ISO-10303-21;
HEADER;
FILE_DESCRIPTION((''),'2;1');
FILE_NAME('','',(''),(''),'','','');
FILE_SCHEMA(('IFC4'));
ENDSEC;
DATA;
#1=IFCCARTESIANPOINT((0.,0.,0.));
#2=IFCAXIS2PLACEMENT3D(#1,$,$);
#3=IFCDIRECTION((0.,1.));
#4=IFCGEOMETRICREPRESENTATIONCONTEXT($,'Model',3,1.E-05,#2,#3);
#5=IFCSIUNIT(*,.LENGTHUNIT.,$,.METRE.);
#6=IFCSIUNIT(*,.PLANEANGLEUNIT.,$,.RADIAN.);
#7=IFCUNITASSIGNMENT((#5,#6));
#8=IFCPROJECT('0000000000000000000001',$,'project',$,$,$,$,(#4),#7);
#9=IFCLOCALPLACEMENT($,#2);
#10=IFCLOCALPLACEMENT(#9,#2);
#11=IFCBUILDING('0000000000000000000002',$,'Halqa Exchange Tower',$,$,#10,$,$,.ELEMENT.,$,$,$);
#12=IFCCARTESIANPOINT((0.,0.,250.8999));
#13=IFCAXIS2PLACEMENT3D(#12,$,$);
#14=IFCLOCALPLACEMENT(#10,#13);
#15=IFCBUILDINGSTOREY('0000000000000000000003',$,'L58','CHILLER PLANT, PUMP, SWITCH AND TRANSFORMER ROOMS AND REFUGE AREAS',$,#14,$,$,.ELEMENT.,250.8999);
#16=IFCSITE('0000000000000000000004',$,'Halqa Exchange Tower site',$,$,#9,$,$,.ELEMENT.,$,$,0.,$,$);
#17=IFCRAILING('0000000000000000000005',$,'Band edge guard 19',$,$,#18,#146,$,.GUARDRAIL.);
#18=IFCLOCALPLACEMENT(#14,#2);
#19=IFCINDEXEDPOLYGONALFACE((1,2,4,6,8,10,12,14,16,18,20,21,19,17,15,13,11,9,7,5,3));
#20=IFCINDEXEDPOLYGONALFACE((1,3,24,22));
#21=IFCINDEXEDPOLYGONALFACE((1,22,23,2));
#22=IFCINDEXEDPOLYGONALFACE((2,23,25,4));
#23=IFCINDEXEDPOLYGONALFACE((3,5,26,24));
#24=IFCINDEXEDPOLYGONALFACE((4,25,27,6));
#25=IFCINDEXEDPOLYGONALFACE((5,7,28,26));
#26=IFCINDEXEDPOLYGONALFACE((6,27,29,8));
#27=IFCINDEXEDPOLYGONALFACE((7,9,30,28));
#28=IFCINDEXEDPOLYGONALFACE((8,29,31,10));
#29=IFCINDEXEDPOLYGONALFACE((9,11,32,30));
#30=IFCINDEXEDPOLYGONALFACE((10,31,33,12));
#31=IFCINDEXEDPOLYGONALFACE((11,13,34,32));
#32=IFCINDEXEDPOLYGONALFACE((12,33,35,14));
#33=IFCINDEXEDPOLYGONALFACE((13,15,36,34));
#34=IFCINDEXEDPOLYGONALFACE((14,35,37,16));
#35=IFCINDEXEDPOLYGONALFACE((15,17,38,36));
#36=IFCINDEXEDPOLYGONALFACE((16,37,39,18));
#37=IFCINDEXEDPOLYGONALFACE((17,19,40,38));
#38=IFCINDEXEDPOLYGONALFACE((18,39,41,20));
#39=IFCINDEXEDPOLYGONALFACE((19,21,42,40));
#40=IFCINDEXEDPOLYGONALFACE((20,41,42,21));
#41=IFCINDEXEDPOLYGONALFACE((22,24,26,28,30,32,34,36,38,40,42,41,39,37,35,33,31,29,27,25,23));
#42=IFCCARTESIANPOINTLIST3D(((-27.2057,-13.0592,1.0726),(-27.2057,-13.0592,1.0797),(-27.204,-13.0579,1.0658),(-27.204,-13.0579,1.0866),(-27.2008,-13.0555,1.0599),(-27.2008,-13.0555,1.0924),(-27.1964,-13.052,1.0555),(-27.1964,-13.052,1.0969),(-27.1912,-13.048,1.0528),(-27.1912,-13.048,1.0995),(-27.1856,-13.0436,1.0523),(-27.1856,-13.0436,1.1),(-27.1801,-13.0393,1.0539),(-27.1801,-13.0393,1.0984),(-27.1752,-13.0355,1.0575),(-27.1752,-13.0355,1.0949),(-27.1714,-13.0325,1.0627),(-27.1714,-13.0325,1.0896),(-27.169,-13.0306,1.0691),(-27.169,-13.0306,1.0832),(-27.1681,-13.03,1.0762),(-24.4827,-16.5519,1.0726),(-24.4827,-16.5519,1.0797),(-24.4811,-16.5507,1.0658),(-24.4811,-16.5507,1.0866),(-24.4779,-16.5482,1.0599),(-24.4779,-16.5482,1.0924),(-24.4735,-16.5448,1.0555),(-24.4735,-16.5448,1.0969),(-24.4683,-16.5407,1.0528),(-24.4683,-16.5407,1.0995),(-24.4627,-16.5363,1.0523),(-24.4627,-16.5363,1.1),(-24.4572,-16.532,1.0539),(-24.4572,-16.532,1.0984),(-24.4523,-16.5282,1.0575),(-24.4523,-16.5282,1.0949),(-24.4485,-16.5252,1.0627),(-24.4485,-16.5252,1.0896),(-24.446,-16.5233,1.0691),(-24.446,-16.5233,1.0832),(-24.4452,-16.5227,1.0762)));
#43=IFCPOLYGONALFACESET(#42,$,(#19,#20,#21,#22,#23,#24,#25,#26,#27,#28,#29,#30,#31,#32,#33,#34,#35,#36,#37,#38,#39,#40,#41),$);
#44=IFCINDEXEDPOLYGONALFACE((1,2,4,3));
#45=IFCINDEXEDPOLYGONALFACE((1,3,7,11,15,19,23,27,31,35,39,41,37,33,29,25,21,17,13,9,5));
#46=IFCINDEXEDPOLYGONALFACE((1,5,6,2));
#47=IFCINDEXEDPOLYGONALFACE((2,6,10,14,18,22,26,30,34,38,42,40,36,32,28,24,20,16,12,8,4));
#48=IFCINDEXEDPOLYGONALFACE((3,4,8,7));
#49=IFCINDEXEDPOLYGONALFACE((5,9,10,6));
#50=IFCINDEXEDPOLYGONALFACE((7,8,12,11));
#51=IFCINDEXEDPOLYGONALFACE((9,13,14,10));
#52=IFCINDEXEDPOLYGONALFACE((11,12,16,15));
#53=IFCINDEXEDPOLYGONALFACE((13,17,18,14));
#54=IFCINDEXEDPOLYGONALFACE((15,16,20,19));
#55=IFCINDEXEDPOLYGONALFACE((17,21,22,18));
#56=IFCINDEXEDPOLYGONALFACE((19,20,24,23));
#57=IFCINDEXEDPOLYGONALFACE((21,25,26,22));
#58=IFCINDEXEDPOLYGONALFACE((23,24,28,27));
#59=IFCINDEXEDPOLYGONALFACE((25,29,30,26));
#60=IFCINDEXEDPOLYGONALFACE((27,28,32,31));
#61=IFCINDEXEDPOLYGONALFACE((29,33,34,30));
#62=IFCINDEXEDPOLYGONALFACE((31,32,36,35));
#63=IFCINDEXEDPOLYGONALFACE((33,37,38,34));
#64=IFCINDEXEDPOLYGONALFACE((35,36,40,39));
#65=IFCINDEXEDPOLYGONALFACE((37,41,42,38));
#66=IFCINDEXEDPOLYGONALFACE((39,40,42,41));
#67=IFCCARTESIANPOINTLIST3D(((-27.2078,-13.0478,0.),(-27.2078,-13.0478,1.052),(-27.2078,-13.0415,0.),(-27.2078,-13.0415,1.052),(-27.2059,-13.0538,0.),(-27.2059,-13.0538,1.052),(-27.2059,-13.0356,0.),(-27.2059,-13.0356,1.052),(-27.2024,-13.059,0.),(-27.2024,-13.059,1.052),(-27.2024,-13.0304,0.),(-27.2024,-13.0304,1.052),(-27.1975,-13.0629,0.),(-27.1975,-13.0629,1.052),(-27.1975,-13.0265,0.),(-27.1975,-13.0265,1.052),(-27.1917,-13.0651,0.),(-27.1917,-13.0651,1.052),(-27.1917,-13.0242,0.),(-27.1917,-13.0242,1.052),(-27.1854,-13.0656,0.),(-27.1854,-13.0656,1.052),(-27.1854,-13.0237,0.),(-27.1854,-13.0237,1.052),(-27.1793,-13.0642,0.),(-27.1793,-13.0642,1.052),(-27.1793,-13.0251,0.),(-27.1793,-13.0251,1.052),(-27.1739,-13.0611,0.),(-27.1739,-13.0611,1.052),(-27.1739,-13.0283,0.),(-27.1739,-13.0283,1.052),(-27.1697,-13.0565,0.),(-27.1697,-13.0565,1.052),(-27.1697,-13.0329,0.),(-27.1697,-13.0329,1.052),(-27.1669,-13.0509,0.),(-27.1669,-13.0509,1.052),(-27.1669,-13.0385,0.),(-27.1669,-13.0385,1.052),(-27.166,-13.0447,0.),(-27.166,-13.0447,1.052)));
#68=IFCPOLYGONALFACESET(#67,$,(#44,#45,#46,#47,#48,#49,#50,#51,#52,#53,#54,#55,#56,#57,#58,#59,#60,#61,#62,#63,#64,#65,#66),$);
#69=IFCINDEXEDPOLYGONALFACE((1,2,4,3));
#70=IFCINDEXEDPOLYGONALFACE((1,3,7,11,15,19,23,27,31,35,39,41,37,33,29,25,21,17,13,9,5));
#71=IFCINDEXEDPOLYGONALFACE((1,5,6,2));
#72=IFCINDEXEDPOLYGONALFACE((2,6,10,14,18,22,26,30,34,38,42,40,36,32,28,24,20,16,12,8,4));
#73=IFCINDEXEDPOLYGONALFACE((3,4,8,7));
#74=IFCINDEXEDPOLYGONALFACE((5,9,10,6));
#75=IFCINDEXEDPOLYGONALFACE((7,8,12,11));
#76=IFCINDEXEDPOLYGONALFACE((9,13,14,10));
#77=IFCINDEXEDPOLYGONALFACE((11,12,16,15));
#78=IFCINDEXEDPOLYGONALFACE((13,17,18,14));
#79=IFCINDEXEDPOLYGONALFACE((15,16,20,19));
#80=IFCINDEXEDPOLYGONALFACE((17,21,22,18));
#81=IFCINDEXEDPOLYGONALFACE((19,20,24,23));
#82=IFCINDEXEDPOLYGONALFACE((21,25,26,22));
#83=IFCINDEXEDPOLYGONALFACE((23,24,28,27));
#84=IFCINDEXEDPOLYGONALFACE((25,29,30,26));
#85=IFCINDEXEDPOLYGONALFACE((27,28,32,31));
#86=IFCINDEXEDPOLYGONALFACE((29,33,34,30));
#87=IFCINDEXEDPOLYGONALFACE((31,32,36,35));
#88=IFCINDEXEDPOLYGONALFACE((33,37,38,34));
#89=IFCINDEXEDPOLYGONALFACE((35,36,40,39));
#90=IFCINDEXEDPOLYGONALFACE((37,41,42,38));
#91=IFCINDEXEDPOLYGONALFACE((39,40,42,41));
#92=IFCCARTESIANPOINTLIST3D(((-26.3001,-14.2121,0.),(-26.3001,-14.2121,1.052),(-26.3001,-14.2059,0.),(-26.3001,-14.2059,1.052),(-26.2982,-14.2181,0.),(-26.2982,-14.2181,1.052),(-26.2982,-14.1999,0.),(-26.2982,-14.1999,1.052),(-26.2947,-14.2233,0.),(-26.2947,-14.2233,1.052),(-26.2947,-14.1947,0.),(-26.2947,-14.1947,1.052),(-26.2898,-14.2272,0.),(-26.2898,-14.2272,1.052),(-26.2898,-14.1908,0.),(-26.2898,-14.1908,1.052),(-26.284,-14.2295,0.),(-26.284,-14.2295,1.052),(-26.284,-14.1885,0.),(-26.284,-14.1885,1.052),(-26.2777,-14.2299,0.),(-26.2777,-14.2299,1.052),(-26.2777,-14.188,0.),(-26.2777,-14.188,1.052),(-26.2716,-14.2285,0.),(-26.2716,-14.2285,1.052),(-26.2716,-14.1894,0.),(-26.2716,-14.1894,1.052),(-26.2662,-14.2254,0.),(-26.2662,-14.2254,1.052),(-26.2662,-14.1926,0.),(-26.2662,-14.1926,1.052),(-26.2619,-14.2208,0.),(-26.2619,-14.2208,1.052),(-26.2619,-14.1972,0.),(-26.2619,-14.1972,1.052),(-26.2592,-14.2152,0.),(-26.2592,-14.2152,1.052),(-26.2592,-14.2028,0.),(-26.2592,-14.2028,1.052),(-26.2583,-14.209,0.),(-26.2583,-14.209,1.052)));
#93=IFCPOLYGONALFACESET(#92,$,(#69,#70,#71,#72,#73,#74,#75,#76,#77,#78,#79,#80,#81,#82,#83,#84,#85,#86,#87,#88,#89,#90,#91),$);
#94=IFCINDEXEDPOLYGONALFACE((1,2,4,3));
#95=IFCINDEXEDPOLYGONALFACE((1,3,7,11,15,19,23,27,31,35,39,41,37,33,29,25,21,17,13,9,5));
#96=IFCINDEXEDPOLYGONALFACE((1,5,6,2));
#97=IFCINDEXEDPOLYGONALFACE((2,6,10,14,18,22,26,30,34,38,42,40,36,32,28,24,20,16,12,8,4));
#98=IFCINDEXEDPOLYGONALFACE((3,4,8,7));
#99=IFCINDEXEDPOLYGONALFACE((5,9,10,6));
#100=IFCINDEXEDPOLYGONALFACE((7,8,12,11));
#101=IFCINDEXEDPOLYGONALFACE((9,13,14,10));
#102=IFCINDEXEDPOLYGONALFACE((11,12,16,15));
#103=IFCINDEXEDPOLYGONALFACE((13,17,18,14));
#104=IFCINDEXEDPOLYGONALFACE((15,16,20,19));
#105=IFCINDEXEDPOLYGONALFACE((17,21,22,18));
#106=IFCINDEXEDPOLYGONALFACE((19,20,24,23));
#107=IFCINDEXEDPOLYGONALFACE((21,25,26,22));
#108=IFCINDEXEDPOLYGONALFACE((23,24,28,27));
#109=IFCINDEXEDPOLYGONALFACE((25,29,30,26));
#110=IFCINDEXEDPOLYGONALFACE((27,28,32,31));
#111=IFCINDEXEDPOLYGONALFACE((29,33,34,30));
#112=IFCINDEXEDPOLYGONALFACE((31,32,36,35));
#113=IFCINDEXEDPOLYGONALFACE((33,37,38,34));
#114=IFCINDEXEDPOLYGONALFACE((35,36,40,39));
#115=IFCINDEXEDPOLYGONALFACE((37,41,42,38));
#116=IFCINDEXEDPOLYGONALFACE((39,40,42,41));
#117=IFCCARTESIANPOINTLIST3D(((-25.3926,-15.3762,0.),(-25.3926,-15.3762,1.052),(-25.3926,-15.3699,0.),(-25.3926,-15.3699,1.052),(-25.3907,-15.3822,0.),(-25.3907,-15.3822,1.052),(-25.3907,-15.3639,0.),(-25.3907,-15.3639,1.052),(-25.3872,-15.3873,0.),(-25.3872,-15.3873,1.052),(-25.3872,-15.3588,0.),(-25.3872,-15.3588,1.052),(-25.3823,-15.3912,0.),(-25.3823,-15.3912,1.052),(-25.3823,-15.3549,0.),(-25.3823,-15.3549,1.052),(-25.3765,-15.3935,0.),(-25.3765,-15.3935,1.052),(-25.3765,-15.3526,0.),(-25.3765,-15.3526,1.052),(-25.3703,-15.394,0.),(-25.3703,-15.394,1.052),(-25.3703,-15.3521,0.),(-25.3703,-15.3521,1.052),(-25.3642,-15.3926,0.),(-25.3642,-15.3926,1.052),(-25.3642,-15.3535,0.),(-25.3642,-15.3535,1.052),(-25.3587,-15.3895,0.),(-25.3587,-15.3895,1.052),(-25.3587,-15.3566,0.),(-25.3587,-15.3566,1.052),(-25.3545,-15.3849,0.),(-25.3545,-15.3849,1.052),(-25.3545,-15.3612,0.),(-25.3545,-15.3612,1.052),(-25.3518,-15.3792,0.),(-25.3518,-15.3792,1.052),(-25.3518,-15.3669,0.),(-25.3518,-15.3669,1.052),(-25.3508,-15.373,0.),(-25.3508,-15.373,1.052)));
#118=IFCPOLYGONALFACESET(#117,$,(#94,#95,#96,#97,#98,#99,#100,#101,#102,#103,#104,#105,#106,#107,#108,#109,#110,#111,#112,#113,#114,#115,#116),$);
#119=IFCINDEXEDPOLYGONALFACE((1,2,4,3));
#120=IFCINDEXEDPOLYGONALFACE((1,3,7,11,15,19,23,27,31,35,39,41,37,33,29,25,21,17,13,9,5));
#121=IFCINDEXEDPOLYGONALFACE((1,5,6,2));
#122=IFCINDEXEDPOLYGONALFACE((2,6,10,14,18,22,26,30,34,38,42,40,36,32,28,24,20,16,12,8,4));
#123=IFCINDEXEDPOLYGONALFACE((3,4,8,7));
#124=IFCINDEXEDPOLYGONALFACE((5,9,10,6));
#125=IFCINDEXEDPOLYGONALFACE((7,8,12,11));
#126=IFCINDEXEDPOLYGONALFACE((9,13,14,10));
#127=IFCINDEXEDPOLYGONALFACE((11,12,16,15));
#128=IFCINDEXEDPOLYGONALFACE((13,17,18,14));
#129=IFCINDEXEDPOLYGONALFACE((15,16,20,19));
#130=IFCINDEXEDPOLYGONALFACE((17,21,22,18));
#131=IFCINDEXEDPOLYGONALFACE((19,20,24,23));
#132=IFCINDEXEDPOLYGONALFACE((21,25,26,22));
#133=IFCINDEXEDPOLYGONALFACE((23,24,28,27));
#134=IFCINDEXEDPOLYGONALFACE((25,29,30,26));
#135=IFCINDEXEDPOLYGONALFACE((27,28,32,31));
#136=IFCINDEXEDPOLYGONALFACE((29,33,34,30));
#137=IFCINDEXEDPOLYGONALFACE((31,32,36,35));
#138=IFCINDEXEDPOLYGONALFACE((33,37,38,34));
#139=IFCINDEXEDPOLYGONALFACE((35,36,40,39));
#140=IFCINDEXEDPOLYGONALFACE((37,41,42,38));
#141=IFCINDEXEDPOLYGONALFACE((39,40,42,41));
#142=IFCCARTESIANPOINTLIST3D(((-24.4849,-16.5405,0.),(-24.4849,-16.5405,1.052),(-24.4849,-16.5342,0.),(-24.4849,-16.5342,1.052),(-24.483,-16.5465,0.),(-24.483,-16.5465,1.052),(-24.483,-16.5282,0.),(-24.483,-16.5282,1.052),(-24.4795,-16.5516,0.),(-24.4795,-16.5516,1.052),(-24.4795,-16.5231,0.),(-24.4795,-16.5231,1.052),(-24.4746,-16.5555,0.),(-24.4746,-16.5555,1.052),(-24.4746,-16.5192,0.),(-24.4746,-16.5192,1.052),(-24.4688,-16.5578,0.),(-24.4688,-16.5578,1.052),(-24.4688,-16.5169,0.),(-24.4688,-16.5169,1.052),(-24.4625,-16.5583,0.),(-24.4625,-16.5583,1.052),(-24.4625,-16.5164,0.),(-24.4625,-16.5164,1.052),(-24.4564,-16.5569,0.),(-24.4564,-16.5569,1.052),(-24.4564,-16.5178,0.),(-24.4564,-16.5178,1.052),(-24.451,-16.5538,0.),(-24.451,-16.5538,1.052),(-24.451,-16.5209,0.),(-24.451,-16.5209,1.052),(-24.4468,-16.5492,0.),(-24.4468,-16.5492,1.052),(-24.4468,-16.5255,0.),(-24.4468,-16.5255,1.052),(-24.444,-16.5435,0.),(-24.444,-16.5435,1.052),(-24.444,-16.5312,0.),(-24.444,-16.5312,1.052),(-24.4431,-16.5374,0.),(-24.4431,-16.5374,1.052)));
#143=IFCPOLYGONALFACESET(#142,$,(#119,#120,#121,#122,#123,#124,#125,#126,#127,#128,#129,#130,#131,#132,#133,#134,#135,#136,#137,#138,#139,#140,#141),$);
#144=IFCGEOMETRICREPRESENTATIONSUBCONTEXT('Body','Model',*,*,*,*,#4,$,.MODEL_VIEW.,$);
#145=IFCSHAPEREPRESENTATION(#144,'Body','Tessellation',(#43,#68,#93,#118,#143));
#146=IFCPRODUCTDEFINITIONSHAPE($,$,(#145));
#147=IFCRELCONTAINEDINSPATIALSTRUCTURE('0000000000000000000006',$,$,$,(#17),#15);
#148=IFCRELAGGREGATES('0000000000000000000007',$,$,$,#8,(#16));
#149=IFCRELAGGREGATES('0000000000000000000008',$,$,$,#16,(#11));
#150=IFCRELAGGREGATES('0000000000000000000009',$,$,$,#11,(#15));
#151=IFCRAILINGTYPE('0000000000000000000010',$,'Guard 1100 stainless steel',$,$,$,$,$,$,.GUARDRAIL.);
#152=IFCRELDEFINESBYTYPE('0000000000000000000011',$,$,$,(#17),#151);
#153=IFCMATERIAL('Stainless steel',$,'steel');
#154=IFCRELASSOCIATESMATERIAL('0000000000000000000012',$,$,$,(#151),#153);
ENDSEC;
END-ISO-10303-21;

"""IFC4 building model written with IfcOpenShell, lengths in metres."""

from ifc_helpers import new_model, si_unit, direction, frame, origin, origin_2d, place, context, subcontext, project, spatial, circle, extrude, material, type_object, element, save


model = new_model("IFC4")

# Units and contexts
model_context = context("Model", 3, precision=1e-05, world=origin(), true_north=direction((0.0, 1.0)))
body_context = subcontext(model_context, "Body", "Model", "MODEL_VIEW")
ifc_project = project(units=[si_unit("LENGTHUNIT", "METRE"), si_unit("PLANEANGLEUNIT", "RADIAN")], contexts=[model_context])

# Site, building, storey
site_placement = place(None, origin())
site = spatial("IfcSite", under=ifc_project, at=site_placement, Name="Halqa Exchange Tower site", CompositionType="ELEMENT", RefElevation=0.0)
building_placement = place(site_placement, origin())
building = spatial("IfcBuilding", under=site, at=building_placement, Name="Halqa Exchange Tower", CompositionType="ELEMENT")
storey_placement = place(building_placement, frame((0.0, 0.0, 250.8999)))
storey = spatial("IfcBuildingStorey", under=building, at=storey_placement, Name="L58", Description="CHILLER PLANT, PUMP, SWITCH AND TRANSFORMER ROOMS AND REFUGE AREAS", CompositionType="ELEMENT", Elevation=250.8999)

# Railing
ifc_material_1 = material(Name="Stainless steel", Category="steel")
railing_type = type_object("IfcRailingType", Name="Guard 1100 stainless steel", PredefinedType="GUARDRAIL", material=ifc_material_1)
railing_1_placement = place(storey_placement, frame((-27.187, -13.0447, 0.0)))
element("IfcRailing", 1, at=railing_1_placement, inside=storey, type_object=railing_type, Name="Band edge guard 19", PredefinedType="GUARDRAIL", context=body_context, shape_type="SweptSolid", body=[
    extrude(circle(Radius=0.0239, at=origin_2d()), frame((0.0, 0.0, 1.0762), z_axis=(0.614837, -0.788654, 0.0), x_axis=(0.788654, 0.614837, 0.0)), (0.0, 0.0, 1.0), 4.4287),
    extrude(circle(Radius=0.021, at=origin_2d()), origin(), (0.0, 0.0, 1.0), 1.052),
    extrude(circle(Radius=0.021, at=origin_2d()), frame((0.9077, -1.1643, 0.0)), (0.0, 0.0, 1.0), 1.052),
    extrude(circle(Radius=0.021, at=origin_2d()), frame((1.8152, -2.3284, 0.0)), (0.0, 0.0, 1.0), 1.052),
    extrude(circle(Radius=0.021, at=origin_2d()), frame((2.7229, -3.4927, 0.0)), (0.0, 0.0, 1.0), 1.052),
])

save(model, "model.ifc")
